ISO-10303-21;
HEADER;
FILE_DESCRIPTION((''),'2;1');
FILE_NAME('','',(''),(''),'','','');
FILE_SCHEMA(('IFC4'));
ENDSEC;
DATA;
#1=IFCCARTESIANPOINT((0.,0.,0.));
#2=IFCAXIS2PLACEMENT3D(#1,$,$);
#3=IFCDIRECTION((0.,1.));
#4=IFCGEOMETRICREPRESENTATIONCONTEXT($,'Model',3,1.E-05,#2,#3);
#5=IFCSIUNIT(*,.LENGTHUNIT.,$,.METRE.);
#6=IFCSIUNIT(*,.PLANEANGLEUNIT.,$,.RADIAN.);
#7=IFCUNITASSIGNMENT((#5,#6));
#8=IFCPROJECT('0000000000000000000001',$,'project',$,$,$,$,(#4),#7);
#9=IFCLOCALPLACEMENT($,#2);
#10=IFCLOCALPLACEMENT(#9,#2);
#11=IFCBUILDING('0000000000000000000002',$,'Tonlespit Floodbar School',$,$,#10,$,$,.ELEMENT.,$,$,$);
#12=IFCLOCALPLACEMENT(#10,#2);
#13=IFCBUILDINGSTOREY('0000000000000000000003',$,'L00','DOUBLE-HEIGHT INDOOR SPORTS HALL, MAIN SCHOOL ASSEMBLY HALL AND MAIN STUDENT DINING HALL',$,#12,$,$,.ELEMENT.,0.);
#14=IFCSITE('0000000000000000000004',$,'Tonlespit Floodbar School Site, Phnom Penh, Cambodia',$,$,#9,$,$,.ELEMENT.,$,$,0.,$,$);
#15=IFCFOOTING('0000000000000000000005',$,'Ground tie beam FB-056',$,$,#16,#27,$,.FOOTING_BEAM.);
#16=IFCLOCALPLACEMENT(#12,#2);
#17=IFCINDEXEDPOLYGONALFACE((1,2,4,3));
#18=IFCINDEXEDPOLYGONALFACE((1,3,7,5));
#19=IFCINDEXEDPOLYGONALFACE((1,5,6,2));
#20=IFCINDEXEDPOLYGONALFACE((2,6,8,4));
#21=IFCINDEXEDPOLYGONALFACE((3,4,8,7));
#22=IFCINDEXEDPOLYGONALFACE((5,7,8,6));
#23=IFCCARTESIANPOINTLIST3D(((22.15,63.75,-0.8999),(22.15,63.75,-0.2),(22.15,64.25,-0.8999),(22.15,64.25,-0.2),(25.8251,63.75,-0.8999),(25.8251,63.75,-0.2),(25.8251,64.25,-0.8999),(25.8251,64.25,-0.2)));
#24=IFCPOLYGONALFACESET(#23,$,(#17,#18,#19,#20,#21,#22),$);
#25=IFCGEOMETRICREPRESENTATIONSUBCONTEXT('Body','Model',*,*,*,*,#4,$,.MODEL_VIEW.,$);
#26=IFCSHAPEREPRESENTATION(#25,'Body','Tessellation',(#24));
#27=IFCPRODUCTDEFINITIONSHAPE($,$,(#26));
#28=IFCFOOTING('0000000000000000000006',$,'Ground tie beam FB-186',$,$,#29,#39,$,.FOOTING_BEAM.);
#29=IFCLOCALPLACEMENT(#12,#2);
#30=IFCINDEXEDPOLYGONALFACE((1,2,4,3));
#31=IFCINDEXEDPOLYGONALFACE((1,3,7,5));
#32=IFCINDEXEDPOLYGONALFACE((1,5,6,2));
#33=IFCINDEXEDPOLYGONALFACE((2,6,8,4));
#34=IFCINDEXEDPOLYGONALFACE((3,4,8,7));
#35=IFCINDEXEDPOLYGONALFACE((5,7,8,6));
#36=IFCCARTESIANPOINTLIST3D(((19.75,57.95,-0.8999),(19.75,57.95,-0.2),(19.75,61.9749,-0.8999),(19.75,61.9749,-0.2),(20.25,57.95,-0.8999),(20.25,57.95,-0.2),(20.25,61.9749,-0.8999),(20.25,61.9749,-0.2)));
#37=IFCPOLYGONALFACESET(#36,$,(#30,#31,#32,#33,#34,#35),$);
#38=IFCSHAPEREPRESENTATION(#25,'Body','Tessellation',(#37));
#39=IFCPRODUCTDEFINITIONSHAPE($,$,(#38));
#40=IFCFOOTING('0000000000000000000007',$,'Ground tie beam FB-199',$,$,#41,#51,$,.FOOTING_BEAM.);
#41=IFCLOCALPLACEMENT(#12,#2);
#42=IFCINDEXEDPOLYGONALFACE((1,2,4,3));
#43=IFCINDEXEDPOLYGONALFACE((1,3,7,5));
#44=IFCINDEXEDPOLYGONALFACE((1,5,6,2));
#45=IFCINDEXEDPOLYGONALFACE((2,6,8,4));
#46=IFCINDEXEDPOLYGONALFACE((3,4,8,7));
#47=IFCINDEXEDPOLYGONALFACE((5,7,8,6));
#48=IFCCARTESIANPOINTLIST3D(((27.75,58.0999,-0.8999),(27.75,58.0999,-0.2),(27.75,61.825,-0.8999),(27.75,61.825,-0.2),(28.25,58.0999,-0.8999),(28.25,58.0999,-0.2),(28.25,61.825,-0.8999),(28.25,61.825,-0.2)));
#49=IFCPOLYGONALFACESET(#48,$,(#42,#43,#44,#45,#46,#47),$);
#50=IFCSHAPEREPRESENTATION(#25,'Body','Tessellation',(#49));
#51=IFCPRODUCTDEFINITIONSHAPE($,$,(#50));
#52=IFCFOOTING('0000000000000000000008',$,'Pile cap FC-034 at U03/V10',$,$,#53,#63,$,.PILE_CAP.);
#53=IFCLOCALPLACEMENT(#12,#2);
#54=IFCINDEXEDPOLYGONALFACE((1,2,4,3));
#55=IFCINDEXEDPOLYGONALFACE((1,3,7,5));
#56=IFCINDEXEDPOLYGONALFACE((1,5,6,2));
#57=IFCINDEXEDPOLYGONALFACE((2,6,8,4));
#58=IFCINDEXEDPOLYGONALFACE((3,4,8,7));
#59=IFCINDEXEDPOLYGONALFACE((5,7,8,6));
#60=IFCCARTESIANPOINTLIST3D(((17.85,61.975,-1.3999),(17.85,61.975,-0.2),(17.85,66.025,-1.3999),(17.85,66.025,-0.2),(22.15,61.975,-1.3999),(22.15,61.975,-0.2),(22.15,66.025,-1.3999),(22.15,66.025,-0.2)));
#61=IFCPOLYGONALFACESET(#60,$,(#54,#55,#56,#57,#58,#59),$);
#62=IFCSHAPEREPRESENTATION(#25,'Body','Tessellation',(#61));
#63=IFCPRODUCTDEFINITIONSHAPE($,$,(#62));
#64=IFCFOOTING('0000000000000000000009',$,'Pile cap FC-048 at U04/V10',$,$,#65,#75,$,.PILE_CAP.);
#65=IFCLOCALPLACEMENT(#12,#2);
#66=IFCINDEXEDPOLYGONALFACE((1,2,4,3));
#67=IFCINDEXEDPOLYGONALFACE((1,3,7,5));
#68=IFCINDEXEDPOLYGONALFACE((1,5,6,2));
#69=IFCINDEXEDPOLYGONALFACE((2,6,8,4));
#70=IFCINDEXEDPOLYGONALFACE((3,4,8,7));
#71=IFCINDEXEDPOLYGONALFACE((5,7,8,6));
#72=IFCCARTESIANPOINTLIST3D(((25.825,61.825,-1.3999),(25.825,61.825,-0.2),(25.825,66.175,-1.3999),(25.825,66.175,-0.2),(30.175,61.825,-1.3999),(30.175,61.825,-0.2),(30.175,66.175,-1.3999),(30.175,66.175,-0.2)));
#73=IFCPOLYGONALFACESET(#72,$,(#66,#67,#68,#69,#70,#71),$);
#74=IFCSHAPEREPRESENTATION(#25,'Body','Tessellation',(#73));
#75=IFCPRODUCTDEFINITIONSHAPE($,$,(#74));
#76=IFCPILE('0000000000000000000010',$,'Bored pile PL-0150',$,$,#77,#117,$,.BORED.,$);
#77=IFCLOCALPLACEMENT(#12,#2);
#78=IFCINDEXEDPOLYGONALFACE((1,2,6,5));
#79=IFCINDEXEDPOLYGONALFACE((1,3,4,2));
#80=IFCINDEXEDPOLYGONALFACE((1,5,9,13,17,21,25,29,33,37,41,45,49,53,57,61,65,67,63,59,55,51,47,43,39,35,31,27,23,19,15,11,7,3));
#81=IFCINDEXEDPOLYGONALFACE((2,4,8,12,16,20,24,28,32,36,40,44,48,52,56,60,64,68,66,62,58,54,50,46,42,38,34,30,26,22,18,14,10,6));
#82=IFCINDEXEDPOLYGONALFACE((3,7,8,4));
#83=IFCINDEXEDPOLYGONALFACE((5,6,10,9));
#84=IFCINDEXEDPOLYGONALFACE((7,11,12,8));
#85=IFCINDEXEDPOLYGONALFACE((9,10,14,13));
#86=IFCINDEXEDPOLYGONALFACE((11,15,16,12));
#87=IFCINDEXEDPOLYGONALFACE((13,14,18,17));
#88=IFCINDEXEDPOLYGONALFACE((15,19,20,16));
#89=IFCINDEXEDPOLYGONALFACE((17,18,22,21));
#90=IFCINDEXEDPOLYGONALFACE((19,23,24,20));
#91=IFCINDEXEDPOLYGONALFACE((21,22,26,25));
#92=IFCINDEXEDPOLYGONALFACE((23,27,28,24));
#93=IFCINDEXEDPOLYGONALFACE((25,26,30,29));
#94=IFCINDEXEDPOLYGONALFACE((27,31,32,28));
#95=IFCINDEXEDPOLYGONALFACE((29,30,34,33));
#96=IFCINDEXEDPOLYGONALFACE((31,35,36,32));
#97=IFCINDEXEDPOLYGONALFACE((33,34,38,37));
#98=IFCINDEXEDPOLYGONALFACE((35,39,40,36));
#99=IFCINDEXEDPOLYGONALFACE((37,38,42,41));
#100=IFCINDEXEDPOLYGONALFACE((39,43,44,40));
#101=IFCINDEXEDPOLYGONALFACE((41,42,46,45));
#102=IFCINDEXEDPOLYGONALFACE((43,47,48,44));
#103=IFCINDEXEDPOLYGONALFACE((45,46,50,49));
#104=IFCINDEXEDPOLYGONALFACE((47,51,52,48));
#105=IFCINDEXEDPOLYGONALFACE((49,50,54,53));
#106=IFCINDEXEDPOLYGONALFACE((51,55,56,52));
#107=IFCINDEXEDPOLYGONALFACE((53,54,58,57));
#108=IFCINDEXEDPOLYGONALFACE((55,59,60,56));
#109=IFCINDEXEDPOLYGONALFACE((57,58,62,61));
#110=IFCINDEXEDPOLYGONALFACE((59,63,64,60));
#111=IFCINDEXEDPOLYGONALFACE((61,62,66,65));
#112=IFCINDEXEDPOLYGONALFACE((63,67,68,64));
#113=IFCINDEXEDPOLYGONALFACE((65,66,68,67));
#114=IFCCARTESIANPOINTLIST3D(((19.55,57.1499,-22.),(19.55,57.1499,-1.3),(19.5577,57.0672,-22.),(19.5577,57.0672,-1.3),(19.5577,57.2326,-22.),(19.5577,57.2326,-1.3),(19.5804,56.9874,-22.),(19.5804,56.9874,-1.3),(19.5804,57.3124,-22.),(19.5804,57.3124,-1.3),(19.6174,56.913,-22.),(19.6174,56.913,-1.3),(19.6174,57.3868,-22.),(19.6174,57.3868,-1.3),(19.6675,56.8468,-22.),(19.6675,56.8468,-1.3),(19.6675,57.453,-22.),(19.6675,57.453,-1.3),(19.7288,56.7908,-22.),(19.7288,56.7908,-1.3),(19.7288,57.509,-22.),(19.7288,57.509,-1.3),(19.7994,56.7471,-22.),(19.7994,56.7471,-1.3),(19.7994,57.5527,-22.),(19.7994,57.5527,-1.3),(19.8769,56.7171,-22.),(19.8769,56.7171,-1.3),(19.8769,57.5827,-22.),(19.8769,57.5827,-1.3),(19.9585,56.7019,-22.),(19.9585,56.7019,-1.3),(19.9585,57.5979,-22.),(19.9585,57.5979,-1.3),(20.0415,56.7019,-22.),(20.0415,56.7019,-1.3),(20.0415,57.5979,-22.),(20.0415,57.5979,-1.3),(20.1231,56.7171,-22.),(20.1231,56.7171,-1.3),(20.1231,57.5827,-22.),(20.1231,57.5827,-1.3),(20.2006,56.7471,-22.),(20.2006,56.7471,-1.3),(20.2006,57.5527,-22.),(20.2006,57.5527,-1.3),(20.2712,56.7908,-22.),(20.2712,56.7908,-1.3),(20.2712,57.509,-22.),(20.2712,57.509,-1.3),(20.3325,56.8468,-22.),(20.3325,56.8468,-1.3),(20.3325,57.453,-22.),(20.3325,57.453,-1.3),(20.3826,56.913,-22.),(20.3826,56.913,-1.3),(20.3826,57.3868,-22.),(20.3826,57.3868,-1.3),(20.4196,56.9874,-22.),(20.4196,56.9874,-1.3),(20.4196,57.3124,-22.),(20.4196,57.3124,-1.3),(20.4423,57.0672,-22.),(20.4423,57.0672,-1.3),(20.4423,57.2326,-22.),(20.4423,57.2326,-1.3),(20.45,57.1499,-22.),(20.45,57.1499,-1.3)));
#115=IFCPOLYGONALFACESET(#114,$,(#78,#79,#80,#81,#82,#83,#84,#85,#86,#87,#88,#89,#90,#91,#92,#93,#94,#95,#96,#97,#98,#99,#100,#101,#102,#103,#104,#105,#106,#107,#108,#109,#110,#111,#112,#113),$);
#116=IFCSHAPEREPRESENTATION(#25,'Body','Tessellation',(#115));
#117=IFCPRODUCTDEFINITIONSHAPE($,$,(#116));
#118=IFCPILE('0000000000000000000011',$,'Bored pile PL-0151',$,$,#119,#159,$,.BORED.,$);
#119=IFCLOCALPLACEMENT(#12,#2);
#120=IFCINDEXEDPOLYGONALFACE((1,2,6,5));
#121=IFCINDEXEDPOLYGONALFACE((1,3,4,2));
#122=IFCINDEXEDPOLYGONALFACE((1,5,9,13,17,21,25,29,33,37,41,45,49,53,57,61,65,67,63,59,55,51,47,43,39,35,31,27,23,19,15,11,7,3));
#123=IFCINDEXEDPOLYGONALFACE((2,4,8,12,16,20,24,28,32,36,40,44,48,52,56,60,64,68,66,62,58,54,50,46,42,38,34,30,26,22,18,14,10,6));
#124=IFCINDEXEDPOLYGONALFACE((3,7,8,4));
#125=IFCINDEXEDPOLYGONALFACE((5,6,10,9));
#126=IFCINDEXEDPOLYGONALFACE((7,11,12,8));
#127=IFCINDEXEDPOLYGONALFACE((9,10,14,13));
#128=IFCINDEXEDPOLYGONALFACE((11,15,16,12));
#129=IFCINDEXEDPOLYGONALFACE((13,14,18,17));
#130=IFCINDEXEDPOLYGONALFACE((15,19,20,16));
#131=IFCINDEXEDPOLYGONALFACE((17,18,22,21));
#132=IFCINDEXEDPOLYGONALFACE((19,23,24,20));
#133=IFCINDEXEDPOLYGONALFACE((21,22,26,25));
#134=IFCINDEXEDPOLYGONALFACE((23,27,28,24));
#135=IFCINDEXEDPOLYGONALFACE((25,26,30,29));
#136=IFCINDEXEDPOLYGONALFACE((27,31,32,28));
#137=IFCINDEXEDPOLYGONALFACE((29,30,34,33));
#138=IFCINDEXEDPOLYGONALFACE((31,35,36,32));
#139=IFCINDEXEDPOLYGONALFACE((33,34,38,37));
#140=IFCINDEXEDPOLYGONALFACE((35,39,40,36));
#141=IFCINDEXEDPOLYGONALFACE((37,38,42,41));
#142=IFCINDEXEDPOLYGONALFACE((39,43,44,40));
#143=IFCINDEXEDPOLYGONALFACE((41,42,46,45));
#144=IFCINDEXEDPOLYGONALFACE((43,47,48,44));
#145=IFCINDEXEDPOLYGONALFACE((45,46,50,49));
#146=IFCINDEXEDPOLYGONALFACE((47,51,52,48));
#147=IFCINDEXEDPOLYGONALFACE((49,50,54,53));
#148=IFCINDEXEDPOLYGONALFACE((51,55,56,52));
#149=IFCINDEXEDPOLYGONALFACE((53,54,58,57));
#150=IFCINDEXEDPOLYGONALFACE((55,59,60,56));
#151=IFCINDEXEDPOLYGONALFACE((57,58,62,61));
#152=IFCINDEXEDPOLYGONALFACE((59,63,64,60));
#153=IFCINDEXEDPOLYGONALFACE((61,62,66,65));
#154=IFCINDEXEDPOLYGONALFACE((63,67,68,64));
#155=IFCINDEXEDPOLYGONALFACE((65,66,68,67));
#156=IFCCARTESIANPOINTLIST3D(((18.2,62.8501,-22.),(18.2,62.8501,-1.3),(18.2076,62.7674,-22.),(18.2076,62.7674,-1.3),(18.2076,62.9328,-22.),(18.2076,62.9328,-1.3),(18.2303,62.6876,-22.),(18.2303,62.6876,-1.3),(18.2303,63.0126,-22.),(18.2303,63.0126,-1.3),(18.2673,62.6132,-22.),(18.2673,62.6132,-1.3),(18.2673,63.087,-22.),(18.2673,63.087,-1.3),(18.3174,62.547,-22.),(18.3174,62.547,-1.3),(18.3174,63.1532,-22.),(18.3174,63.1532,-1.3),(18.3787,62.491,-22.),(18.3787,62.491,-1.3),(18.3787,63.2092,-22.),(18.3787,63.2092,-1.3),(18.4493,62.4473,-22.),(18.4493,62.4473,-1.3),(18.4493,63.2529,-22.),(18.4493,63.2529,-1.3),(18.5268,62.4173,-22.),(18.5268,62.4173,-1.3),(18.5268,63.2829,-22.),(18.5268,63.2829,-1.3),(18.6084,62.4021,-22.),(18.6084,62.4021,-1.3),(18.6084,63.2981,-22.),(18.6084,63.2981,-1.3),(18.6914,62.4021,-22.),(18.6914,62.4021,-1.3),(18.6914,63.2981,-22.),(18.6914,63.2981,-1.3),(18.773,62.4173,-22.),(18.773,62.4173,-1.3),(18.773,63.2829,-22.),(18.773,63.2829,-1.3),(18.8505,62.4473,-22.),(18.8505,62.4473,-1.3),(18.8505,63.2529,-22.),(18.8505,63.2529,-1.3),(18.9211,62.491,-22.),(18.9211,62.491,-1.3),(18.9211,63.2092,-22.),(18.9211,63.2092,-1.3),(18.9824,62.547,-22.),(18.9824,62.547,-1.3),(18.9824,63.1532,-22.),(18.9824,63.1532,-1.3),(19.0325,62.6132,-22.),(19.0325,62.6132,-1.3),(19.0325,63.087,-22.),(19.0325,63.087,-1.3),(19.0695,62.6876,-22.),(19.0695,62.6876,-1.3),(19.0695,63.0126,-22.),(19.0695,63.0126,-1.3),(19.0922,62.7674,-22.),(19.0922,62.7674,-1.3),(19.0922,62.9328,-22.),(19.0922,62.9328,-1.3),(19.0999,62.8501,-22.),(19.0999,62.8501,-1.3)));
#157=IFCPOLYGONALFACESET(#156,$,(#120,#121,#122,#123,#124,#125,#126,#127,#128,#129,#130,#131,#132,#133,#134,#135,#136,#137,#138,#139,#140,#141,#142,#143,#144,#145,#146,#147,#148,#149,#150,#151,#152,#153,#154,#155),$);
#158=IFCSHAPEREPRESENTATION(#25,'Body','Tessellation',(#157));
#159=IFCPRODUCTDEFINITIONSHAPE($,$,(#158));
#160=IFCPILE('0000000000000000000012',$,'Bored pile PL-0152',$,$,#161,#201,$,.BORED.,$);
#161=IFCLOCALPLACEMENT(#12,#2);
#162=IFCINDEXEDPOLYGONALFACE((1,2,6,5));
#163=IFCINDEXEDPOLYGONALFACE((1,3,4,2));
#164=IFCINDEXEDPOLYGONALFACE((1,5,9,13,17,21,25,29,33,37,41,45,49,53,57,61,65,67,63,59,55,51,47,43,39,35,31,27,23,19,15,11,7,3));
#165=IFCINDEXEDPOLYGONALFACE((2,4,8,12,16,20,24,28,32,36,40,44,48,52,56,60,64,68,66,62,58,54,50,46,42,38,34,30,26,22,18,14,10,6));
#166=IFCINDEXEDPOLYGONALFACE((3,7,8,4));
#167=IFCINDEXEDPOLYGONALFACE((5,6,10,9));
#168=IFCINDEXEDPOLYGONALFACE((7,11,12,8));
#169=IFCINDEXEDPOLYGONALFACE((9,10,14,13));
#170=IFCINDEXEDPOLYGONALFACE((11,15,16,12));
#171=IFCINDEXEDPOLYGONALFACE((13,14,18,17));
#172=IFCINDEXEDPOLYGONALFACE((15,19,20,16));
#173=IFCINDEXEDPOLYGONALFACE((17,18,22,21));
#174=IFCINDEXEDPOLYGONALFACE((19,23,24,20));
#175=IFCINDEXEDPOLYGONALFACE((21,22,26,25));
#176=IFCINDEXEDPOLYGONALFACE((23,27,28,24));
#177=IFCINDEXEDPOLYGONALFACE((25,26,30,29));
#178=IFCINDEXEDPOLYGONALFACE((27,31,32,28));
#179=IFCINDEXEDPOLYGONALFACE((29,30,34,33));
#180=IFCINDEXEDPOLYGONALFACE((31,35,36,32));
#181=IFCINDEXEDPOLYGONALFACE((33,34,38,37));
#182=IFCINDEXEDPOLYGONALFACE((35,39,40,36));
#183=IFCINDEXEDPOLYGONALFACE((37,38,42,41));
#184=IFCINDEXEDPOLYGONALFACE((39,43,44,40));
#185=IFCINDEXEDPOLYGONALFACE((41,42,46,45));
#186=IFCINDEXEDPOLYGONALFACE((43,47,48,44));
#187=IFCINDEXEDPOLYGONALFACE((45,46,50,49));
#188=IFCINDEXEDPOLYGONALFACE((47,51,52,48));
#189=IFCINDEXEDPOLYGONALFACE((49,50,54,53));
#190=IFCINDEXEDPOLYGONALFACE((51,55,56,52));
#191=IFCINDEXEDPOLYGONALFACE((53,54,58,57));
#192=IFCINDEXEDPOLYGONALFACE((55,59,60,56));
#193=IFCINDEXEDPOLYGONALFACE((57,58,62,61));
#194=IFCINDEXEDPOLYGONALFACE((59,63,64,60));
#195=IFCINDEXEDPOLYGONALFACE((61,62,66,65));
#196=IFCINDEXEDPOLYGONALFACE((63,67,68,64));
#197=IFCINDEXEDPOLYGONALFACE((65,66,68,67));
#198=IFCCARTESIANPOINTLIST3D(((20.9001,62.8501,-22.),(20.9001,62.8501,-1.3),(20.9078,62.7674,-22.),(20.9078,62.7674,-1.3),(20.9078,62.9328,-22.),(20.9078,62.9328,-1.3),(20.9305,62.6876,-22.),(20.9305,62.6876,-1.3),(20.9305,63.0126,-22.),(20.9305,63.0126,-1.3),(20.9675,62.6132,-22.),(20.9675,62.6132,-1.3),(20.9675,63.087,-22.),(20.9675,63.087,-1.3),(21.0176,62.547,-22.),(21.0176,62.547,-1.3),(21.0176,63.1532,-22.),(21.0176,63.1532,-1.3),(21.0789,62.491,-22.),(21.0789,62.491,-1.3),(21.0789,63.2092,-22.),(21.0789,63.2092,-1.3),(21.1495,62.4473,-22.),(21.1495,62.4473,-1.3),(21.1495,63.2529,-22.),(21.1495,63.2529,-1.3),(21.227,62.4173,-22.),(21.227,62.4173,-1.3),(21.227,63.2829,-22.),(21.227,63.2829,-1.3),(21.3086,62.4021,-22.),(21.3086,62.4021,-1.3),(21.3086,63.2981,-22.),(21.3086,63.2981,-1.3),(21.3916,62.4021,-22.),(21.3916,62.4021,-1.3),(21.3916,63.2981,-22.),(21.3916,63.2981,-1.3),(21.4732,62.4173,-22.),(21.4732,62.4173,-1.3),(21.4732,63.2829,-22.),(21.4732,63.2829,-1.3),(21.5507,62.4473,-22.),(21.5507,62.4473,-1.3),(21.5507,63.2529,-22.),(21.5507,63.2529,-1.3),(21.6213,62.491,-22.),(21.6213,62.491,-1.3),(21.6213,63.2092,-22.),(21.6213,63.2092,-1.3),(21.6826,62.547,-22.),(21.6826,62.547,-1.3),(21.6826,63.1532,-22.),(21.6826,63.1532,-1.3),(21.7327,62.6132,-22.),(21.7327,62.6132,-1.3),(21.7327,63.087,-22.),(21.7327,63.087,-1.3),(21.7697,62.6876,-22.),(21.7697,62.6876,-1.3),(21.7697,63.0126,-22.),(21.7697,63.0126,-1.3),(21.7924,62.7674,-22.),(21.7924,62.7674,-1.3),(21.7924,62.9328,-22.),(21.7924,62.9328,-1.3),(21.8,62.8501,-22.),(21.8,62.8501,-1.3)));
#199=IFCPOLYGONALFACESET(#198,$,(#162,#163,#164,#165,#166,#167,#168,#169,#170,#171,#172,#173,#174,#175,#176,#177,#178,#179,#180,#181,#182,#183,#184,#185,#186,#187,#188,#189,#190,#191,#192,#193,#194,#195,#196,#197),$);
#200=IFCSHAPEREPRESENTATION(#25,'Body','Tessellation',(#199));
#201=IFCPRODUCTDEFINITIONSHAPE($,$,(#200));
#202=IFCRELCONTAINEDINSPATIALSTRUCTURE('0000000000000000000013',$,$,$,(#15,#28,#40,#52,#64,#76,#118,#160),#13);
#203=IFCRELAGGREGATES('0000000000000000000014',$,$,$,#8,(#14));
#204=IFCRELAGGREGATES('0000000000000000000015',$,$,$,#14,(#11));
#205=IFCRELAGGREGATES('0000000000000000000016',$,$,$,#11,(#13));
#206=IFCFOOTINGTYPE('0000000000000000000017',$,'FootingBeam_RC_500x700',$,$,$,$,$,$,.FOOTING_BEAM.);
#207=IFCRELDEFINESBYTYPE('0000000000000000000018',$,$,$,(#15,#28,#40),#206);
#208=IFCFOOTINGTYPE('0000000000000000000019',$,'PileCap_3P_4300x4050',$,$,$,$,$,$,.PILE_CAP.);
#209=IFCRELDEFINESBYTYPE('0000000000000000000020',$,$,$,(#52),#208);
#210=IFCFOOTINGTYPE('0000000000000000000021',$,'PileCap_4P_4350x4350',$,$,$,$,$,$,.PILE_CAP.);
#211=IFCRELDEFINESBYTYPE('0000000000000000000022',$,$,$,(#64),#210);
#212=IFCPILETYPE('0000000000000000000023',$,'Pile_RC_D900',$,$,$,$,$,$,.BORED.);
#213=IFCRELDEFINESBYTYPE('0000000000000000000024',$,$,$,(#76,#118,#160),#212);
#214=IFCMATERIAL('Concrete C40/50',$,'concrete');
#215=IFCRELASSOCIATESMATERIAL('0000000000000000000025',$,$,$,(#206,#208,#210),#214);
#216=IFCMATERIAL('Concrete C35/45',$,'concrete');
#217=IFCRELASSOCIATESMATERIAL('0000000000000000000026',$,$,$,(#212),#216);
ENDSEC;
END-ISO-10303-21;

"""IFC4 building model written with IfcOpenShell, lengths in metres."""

from ifc_helpers import new_model, si_unit, direction, frame, origin, origin_2d, place, context, subcontext, project, spatial, rectangle, circle, extrude, material, material_profile, profile_set, type_object, element, save


model = new_model("IFC4")

# Units and contexts
model_context = context("Model", 3, precision=1e-05, world=origin(), true_north=direction((0.0, 1.0)))
body_context = subcontext(model_context, "Body", "Model", "MODEL_VIEW")
ifc_project = project(units=[si_unit("LENGTHUNIT", "METRE"), si_unit("PLANEANGLEUNIT", "RADIAN")], contexts=[model_context])

# Site, building, storey
site_placement = place(None, origin())
site = spatial("IfcSite", under=ifc_project, at=site_placement, Name="Tonlespit Floodbar School Site, Phnom Penh, Cambodia", CompositionType="ELEMENT", RefElevation=0.0)
building_placement = place(site_placement, origin())
building = spatial("IfcBuilding", under=site, at=building_placement, Name="Tonlespit Floodbar School", CompositionType="ELEMENT")
storey_placement = place(building_placement, origin())
storey = spatial("IfcBuildingStorey", under=building, at=storey_placement, Name="L00", Description="DOUBLE-HEIGHT INDOOR SPORTS HALL, MAIN SCHOOL ASSEMBLY HALL AND MAIN STUDENT DINING HALL", CompositionType="ELEMENT", Elevation=0.0)

# Footings
ifc_material_1 = material(Name="Concrete C40/50", Category="concrete")
footing_type_1 = type_object("IfcFootingType", Name="FootingBeam_RC_500x700", PredefinedType="FOOTING_BEAM", material=ifc_material_1)
footing_1_placement = place(storey_placement, frame((23.9875, 64.0, -0.8999), z_axis=(0.0, 0.0, 1.0), x_axis=(1.0, 0.0, 0.0)))
element("IfcFooting", 1, at=footing_1_placement, inside=storey, type_object=footing_type_1, Name="Ground tie beam FB-056", PredefinedType="FOOTING_BEAM", context=body_context, shape_type="SweptSolid", body=[
    extrude(rectangle(XDim=3.675, YDim=0.5, at=origin_2d()), origin(), (0.0, 0.0, 1.0), 0.7),
])
footing_2_placement = place(storey_placement, frame((20.0, 59.9624, -0.8999), z_axis=(0.0, 0.0, 1.0), x_axis=(0.0, 1.0, 0.0)))
element("IfcFooting", 2, at=footing_2_placement, inside=storey, type_object=footing_type_1, Name="Ground tie beam FB-186", PredefinedType="FOOTING_BEAM", context=body_context, shape_type="SweptSolid", body=[
    extrude(rectangle(XDim=4.0249, YDim=0.5, at=origin_2d()), origin(), (0.0, 0.0, 1.0), 0.7),
])
footing_3_placement = place(storey_placement, frame((28.0, 59.9624, -0.8999), z_axis=(0.0, 0.0, 1.0), x_axis=(0.0, 1.0, 0.0)))
element("IfcFooting", 3, at=footing_3_placement, inside=storey, type_object=footing_type_1, Name="Ground tie beam FB-199", PredefinedType="FOOTING_BEAM", context=body_context, shape_type="SweptSolid", body=[
    extrude(rectangle(XDim=3.7251, YDim=0.5, at=origin_2d()), origin(), (0.0, 0.0, 1.0), 0.7),
])
footing_type_2 = type_object("IfcFootingType", Name="PileCap_3P_4300x4050", PredefinedType="PILE_CAP", material=ifc_material_1)
footing_4_placement = place(storey_placement, frame((20.0, 64.0, -1.3999), z_axis=(0.0, 0.0, 1.0), x_axis=(1.0, 0.0, 0.0)))
element("IfcFooting", 4, at=footing_4_placement, inside=storey, type_object=footing_type_2, Name="Pile cap FC-034 at U03/V10", PredefinedType="PILE_CAP", context=body_context, shape_type="SweptSolid", body=[
    extrude(rectangle(XDim=4.3, YDim=4.05, at=origin_2d()), origin(), (0.0, 0.0, 1.0), 1.2),
])
footing_type_3 = type_object("IfcFootingType", Name="PileCap_4P_4350x4350", PredefinedType="PILE_CAP", material=ifc_material_1)
footing_5_placement = place(storey_placement, frame((28.0, 64.0, -1.3999), z_axis=(0.0, 0.0, 1.0), x_axis=(1.0, 0.0, 0.0)))
element("IfcFooting", 5, at=footing_5_placement, inside=storey, type_object=footing_type_3, Name="Pile cap FC-048 at U04/V10", PredefinedType="PILE_CAP", context=body_context, shape_type="SweptSolid", body=[
    extrude(rectangle(XDim=4.3501, YDim=4.3501, at=origin_2d()), origin(), (0.0, 0.0, 1.0), 1.2),
])

# Piles
ifc_material_2 = material(Name="Concrete C35/45", Category="concrete")
ifc_material_profile_1 = material_profile(ifc_material_2, circle(Radius=0.45, at=origin_2d()), Name="BP D900")
ifc_profile_set_1 = profile_set([ifc_material_profile_1], Name="Concrete C35/45")
pile_type = type_object("IfcPileType", Name="Pile_RC_D900", PredefinedType="BORED", material=ifc_profile_set_1)
for number, where, z_axis, x_axis, name in (
    (6, (20.0, 57.1499, -1.3), (0.0, 0.0, -1.0), (1.0, 0.0, 0.0), "Bored pile PL-0150"),
    (7, (18.6499, 62.8501, -1.3), (0.0, 0.0, -1.0), (1.0, 0.0, 0.0), "Bored pile PL-0151"),
    (8, (21.3501, 62.8501, -1.3), (0.0, 0.0, -1.0), (1.0, 0.0, 0.0), "Bored pile PL-0152"),
):
    element("IfcPile", number, at=place(storey_placement, frame(where, z_axis=z_axis, x_axis=x_axis)), inside=storey, type_object=pile_type, Name=name, PredefinedType="BORED", context=body_context, shape_type="SweptSolid", body=[
        extrude(circle(Radius=0.45, at=origin_2d()), origin(), (0.0, 0.0, 1.0), 20.7),
    ])

save(model, "model.ifc")
